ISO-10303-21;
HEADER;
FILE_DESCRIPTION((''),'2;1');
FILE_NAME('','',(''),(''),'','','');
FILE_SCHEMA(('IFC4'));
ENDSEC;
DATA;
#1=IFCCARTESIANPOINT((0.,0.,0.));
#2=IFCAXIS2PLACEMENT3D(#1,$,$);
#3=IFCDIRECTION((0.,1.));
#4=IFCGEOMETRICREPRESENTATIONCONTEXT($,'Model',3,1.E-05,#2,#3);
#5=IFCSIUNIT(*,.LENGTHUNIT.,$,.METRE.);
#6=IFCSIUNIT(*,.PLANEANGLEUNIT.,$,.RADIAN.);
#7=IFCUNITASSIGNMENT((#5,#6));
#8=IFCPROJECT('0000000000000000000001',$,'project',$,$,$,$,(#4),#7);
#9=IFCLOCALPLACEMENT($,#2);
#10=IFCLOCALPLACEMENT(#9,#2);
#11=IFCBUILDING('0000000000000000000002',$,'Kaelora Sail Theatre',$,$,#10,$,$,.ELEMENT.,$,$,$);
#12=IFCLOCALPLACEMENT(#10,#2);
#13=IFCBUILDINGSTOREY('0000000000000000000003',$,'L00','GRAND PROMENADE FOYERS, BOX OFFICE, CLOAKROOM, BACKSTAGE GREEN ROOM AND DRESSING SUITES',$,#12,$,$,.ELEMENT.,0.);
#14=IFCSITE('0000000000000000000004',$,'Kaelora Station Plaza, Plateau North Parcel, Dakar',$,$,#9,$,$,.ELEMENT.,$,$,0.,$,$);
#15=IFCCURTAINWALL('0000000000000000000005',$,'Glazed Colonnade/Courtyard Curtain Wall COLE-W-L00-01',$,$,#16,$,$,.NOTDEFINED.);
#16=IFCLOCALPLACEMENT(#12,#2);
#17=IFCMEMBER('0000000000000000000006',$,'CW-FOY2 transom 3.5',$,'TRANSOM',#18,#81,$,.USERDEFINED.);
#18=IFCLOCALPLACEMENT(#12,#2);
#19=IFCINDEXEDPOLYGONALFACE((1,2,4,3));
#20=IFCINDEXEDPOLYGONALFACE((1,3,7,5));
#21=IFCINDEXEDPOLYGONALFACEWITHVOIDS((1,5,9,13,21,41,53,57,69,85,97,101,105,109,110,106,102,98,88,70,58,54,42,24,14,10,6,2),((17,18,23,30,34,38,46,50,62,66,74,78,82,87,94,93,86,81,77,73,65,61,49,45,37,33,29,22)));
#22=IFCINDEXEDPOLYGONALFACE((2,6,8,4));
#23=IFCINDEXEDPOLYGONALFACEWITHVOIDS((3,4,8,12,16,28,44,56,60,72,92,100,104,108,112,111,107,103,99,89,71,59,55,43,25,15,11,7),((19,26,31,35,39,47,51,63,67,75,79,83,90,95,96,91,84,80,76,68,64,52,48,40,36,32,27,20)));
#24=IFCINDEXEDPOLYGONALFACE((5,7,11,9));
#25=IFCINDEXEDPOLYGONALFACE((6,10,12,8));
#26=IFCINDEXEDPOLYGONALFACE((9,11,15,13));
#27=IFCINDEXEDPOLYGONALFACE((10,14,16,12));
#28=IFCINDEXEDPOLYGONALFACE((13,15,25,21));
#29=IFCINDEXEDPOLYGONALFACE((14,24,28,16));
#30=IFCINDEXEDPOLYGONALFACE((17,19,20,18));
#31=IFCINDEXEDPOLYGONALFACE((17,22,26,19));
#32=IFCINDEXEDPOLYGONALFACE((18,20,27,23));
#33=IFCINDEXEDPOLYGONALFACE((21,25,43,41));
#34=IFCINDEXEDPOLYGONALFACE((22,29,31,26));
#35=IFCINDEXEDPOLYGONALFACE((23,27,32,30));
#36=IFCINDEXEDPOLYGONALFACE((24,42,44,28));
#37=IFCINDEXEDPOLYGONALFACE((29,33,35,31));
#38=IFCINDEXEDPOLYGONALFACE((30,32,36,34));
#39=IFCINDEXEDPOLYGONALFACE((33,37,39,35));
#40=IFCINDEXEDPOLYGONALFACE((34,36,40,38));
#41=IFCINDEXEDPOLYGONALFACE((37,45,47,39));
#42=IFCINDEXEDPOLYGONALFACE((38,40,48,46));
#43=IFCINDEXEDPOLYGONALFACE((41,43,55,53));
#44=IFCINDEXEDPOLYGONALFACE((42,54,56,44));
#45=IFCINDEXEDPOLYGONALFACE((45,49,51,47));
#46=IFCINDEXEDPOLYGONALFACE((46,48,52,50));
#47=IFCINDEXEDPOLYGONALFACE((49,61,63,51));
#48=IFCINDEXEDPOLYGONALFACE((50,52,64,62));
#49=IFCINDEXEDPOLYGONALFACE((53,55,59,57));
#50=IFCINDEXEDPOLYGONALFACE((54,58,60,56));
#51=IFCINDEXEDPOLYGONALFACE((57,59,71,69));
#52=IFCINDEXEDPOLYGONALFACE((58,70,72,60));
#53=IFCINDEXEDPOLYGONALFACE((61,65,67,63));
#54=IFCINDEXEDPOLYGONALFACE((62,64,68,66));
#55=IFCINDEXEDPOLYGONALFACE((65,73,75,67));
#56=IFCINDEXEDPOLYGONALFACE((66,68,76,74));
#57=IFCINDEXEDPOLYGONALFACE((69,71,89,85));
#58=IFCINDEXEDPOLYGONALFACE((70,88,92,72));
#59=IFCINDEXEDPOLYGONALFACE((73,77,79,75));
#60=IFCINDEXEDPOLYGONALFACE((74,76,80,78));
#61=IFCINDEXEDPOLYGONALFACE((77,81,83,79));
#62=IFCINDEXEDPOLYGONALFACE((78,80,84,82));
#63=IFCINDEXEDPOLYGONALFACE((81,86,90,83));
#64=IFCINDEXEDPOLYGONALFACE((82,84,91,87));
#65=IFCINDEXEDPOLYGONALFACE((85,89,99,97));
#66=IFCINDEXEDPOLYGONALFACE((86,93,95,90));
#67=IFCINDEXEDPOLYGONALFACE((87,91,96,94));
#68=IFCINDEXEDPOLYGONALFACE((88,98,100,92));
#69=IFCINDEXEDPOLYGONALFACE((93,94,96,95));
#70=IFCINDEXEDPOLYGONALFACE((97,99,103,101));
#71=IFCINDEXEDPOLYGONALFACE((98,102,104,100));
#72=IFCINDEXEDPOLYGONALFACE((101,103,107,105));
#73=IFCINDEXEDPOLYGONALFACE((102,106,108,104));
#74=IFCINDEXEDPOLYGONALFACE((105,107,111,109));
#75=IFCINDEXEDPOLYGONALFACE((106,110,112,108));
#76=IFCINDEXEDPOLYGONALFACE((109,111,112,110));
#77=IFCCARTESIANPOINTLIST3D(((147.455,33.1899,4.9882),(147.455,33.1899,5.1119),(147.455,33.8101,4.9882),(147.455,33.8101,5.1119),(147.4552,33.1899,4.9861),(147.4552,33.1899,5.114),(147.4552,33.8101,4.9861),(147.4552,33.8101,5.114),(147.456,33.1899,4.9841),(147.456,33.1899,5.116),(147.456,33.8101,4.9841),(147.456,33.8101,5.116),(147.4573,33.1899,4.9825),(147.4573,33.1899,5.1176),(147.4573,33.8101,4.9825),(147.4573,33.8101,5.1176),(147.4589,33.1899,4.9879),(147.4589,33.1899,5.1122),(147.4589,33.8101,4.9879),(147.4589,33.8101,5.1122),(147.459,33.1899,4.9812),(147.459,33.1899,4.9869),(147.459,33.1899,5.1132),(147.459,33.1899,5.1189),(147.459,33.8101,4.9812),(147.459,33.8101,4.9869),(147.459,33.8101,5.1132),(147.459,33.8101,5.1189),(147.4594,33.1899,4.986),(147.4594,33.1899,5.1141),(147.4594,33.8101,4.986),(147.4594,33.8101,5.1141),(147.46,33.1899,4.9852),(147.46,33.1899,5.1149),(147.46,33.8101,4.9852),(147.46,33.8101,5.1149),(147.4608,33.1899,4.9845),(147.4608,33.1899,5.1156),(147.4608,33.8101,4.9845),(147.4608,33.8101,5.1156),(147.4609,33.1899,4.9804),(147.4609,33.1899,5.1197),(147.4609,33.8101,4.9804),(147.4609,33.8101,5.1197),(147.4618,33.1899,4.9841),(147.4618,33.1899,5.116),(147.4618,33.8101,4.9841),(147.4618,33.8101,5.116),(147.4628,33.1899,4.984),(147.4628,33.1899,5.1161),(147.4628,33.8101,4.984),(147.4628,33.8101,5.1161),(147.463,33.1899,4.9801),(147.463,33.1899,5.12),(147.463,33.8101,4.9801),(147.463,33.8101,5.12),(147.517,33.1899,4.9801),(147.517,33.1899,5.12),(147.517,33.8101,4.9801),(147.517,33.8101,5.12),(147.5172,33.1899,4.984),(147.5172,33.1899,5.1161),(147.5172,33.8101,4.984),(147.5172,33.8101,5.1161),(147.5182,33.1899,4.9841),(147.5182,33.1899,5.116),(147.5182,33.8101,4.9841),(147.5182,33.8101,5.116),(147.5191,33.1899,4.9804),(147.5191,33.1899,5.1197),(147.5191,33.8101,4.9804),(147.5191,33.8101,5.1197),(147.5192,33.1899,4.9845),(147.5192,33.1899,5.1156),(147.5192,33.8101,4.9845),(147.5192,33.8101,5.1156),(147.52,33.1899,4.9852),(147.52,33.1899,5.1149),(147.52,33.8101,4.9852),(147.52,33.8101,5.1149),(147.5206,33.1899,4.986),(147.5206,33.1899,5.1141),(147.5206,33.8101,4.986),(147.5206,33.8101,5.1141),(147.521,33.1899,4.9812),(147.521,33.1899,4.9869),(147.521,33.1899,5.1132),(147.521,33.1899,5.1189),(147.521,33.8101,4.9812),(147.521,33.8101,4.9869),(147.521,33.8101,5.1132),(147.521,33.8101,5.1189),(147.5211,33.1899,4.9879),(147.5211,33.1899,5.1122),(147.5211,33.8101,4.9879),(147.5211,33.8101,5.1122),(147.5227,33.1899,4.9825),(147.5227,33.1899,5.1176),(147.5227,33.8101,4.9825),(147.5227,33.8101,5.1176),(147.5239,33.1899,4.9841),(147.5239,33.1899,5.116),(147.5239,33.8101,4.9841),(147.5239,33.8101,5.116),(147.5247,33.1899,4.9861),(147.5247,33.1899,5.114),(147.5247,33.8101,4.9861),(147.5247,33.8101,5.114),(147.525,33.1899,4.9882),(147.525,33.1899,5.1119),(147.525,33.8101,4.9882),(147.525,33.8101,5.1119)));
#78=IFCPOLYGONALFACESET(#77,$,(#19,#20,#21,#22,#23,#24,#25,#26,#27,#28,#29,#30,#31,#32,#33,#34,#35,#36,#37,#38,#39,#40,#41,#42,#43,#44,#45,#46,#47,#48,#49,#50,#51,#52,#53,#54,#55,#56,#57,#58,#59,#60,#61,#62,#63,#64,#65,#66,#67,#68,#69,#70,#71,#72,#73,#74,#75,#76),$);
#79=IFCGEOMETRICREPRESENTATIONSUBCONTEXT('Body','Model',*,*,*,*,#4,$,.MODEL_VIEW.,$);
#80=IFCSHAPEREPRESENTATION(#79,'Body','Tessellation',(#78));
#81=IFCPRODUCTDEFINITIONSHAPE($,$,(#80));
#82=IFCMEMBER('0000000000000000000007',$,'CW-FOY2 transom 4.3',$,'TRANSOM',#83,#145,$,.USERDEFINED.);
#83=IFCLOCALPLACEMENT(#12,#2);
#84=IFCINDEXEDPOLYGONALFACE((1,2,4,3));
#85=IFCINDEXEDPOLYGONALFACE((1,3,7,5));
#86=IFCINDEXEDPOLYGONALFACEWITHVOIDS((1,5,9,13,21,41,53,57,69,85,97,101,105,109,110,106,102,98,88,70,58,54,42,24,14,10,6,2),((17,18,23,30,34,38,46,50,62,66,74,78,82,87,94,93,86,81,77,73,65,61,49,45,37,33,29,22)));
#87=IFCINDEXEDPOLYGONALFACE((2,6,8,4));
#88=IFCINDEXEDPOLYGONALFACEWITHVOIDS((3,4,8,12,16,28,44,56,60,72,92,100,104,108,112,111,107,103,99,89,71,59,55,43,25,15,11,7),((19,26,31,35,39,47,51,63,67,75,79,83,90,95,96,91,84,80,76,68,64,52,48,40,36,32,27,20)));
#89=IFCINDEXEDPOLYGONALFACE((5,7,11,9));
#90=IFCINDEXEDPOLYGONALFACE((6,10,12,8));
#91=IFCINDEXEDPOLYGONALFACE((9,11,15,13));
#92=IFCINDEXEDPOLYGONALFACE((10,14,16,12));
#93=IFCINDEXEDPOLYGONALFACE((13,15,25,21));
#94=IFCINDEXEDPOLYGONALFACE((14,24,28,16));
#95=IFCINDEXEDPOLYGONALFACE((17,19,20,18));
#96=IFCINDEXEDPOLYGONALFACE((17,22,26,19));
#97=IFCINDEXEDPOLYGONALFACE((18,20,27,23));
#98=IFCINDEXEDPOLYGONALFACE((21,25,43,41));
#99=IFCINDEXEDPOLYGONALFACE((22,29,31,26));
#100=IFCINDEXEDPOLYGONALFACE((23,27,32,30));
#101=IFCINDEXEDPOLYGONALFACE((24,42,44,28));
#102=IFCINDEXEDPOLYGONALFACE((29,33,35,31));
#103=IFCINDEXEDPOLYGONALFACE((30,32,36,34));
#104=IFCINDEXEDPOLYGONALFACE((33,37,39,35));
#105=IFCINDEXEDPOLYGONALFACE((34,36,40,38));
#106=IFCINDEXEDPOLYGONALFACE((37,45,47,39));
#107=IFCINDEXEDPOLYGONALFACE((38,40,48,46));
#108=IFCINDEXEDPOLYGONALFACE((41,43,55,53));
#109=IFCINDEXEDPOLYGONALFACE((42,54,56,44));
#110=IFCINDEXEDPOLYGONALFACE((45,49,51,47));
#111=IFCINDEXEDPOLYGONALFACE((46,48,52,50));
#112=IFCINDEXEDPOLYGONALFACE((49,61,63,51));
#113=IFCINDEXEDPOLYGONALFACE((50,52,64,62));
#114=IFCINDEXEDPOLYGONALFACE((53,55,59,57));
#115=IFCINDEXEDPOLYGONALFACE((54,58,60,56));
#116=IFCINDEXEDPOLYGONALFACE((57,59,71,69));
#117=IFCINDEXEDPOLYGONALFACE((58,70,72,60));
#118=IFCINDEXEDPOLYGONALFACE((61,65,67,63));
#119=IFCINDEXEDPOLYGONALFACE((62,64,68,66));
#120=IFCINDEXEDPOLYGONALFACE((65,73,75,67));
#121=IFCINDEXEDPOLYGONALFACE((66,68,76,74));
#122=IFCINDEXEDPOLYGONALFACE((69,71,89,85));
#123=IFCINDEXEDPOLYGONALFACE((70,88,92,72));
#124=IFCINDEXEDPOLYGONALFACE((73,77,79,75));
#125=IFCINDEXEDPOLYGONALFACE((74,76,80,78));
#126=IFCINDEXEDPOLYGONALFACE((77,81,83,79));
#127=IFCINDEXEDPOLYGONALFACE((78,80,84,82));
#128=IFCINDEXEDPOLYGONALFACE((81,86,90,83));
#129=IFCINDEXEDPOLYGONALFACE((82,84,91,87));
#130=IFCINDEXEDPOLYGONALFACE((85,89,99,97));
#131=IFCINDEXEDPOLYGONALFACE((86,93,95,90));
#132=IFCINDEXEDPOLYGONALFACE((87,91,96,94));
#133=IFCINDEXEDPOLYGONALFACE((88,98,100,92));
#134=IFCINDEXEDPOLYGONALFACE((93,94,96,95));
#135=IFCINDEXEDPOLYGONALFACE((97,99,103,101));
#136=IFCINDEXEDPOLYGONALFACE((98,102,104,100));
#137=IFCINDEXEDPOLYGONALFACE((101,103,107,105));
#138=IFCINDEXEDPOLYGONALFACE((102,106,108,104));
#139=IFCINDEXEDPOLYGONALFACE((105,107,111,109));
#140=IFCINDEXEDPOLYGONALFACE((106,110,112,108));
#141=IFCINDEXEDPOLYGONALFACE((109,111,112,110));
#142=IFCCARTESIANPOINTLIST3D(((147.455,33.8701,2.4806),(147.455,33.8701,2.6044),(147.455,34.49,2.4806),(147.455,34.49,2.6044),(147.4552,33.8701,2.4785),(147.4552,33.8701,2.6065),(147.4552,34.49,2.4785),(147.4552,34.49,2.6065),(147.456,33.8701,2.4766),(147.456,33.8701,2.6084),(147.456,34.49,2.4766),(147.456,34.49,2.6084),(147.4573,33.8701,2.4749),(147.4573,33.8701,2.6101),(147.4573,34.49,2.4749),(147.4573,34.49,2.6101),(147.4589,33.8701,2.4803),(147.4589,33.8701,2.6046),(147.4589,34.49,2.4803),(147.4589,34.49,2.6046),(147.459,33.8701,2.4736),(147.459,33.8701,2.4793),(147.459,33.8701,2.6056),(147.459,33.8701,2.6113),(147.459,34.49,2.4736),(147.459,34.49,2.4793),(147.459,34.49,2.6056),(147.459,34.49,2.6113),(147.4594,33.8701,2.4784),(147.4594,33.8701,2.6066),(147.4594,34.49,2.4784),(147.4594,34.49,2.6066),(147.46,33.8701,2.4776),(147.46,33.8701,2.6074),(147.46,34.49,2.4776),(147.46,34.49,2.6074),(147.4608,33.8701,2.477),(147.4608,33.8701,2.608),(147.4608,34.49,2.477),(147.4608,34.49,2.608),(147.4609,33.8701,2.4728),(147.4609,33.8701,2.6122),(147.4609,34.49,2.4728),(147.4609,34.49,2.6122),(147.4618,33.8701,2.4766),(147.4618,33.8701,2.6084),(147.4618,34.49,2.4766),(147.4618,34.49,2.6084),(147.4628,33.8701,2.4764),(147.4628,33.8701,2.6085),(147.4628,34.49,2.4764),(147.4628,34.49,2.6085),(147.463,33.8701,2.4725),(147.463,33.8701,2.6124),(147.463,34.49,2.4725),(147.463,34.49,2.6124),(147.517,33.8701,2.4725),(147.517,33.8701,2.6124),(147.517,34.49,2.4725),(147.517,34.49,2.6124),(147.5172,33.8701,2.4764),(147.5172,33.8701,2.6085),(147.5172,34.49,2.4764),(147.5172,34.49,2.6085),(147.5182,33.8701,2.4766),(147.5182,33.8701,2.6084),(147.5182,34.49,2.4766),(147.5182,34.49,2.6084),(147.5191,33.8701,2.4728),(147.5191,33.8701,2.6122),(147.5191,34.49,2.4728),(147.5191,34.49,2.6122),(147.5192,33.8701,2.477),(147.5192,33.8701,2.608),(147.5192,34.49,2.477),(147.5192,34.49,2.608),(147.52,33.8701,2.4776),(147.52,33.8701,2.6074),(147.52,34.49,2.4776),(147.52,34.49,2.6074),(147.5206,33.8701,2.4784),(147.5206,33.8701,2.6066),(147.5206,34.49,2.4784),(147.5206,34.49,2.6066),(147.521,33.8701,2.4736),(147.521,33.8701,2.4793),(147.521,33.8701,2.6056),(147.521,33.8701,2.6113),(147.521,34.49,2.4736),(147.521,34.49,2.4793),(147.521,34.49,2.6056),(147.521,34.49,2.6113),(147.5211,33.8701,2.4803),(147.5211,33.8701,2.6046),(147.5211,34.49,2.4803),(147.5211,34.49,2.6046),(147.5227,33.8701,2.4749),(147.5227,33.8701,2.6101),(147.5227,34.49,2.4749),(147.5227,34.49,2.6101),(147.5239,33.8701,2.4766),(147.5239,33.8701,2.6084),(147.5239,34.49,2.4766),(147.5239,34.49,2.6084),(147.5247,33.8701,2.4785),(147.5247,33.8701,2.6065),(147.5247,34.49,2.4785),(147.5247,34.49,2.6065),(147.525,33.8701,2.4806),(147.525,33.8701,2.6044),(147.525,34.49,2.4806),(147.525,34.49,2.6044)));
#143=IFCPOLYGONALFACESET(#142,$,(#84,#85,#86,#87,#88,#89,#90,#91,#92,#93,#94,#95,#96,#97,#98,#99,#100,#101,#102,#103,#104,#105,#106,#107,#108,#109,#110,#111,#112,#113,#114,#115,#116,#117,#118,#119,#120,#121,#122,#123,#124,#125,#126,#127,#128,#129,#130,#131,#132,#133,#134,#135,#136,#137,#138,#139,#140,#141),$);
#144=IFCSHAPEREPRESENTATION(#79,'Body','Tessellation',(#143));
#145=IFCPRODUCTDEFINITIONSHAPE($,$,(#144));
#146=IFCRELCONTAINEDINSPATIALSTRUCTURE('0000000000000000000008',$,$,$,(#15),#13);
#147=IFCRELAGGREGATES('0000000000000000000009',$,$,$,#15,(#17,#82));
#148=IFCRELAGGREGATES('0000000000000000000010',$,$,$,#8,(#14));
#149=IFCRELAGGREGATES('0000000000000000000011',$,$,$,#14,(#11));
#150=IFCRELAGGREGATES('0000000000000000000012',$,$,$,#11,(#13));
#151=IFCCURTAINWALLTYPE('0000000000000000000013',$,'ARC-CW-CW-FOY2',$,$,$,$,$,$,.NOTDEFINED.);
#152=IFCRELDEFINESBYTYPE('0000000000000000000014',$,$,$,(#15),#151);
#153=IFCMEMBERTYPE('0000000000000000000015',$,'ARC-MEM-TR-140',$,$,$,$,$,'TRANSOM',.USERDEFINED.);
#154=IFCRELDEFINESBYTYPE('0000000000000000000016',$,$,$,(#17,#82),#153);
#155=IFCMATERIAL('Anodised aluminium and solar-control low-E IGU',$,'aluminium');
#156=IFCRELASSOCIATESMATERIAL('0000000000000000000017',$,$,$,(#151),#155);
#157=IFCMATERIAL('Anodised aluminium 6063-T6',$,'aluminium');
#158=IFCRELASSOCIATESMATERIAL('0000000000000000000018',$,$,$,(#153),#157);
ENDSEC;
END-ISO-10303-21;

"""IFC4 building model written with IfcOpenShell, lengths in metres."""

from ifc_helpers import new_model, si_unit, direction, frame, origin, origin_2d, place, context, subcontext, project, spatial, hollow_rectangle, extrude, material, material_profile, profile_set, type_object, element, aggregate, save


model = new_model("IFC4")

# Units and contexts
model_context = context("Model", 3, precision=1e-05, world=origin(), true_north=direction((0.0, 1.0)))
body_context = subcontext(model_context, "Body", "Model", "MODEL_VIEW")
ifc_project = project(units=[si_unit("LENGTHUNIT", "METRE"), si_unit("PLANEANGLEUNIT", "RADIAN")], contexts=[model_context])

# Site, building, storey
site_placement = place(None, origin())
site = spatial("IfcSite", under=ifc_project, at=site_placement, Name="Kaelora Station Plaza, Plateau North Parcel, Dakar", CompositionType="ELEMENT", RefElevation=0.0)
building_placement = place(site_placement, origin())
building = spatial("IfcBuilding", under=site, at=building_placement, Name="Kaelora Sail Theatre", CompositionType="ELEMENT")
storey_placement = place(building_placement, origin())
storey = spatial("IfcBuildingStorey", under=building, at=storey_placement, Name="L00", Description="GRAND PROMENADE FOYERS, BOX OFFICE, CLOAKROOM, BACKSTAGE GREEN ROOM AND DRESSING SUITES", CompositionType="ELEMENT", Elevation=0.0)

# Curtain wall, members
ifc_material_1 = material(Name="Anodised aluminium and solar-control low-E IGU", Category="aluminium")
curtain_wall_type = type_object("IfcCurtainWallType", Name="ARC-CW-CW-FOY2", PredefinedType="NOTDEFINED", material=ifc_material_1)
curtain_wall_placement = place(storey_placement, origin())
curtain_wall = element("IfcCurtainWall", 1, at=curtain_wall_placement, inside=storey, type_object=curtain_wall_type, Name="Glazed Colonnade/Courtyard Curtain Wall COLE-W-L00-01", PredefinedType="NOTDEFINED")
ifc_material_2 = material(Name="Anodised aluminium 6063-T6", Category="aluminium")
ifc_material_profile_1 = material_profile(ifc_material_2, hollow_rectangle(XDim=0.0701, YDim=0.1399, WallThickness=0.0039, InnerFilletRadius=0.0039, OuterFilletRadius=0.0081, at=origin_2d()), Name="ALU-TRAN 70x140x4")
ifc_profile_set_1 = profile_set([ifc_material_profile_1], Name="Anodised aluminium 6063-T6")
member_type_1 = type_object("IfcMemberType", Name="ARC-MEM-TR-140", ElementType="TRANSOM", PredefinedType="USERDEFINED", material=ifc_profile_set_1)
member_1_placement = place(storey_placement, frame((147.49, 33.1899, 5.05), z_axis=(0.0, 1.0, 0.0), x_axis=(-1.0, 0.0, 0.0)))
member_1 = element("IfcMember", 2, at=member_1_placement, type_object=member_type_1, Name="CW-FOY2 transom 3.5", ObjectType="TRANSOM", PredefinedType="USERDEFINED", context=body_context, shape_type="SweptSolid", body=[
    extrude(hollow_rectangle(XDim=0.0701, YDim=0.1399, WallThickness=0.0039, InnerFilletRadius=0.0039, OuterFilletRadius=0.0081, at=origin_2d()), origin(), (0.0, 0.0, 1.0), 0.6201),
])
member_2_placement = place(storey_placement, frame((147.49, 33.8701, 2.5425), z_axis=(0.0, 1.0, 0.0), x_axis=(-1.0, 0.0, 0.0)))
member_2 = element("IfcMember", 3, at=member_2_placement, type_object=member_type_1, Name="CW-FOY2 transom 4.3", ObjectType="TRANSOM", PredefinedType="USERDEFINED", context=body_context, shape_type="SweptSolid", body=[
    extrude(hollow_rectangle(XDim=0.0701, YDim=0.1399, WallThickness=0.0039, InnerFilletRadius=0.0039, OuterFilletRadius=0.0081, at=origin_2d()), origin(), (0.0, 0.0, 1.0), 0.6199),
])
aggregate(curtain_wall, [member_1, member_2])

save(model, "model.ifc")
